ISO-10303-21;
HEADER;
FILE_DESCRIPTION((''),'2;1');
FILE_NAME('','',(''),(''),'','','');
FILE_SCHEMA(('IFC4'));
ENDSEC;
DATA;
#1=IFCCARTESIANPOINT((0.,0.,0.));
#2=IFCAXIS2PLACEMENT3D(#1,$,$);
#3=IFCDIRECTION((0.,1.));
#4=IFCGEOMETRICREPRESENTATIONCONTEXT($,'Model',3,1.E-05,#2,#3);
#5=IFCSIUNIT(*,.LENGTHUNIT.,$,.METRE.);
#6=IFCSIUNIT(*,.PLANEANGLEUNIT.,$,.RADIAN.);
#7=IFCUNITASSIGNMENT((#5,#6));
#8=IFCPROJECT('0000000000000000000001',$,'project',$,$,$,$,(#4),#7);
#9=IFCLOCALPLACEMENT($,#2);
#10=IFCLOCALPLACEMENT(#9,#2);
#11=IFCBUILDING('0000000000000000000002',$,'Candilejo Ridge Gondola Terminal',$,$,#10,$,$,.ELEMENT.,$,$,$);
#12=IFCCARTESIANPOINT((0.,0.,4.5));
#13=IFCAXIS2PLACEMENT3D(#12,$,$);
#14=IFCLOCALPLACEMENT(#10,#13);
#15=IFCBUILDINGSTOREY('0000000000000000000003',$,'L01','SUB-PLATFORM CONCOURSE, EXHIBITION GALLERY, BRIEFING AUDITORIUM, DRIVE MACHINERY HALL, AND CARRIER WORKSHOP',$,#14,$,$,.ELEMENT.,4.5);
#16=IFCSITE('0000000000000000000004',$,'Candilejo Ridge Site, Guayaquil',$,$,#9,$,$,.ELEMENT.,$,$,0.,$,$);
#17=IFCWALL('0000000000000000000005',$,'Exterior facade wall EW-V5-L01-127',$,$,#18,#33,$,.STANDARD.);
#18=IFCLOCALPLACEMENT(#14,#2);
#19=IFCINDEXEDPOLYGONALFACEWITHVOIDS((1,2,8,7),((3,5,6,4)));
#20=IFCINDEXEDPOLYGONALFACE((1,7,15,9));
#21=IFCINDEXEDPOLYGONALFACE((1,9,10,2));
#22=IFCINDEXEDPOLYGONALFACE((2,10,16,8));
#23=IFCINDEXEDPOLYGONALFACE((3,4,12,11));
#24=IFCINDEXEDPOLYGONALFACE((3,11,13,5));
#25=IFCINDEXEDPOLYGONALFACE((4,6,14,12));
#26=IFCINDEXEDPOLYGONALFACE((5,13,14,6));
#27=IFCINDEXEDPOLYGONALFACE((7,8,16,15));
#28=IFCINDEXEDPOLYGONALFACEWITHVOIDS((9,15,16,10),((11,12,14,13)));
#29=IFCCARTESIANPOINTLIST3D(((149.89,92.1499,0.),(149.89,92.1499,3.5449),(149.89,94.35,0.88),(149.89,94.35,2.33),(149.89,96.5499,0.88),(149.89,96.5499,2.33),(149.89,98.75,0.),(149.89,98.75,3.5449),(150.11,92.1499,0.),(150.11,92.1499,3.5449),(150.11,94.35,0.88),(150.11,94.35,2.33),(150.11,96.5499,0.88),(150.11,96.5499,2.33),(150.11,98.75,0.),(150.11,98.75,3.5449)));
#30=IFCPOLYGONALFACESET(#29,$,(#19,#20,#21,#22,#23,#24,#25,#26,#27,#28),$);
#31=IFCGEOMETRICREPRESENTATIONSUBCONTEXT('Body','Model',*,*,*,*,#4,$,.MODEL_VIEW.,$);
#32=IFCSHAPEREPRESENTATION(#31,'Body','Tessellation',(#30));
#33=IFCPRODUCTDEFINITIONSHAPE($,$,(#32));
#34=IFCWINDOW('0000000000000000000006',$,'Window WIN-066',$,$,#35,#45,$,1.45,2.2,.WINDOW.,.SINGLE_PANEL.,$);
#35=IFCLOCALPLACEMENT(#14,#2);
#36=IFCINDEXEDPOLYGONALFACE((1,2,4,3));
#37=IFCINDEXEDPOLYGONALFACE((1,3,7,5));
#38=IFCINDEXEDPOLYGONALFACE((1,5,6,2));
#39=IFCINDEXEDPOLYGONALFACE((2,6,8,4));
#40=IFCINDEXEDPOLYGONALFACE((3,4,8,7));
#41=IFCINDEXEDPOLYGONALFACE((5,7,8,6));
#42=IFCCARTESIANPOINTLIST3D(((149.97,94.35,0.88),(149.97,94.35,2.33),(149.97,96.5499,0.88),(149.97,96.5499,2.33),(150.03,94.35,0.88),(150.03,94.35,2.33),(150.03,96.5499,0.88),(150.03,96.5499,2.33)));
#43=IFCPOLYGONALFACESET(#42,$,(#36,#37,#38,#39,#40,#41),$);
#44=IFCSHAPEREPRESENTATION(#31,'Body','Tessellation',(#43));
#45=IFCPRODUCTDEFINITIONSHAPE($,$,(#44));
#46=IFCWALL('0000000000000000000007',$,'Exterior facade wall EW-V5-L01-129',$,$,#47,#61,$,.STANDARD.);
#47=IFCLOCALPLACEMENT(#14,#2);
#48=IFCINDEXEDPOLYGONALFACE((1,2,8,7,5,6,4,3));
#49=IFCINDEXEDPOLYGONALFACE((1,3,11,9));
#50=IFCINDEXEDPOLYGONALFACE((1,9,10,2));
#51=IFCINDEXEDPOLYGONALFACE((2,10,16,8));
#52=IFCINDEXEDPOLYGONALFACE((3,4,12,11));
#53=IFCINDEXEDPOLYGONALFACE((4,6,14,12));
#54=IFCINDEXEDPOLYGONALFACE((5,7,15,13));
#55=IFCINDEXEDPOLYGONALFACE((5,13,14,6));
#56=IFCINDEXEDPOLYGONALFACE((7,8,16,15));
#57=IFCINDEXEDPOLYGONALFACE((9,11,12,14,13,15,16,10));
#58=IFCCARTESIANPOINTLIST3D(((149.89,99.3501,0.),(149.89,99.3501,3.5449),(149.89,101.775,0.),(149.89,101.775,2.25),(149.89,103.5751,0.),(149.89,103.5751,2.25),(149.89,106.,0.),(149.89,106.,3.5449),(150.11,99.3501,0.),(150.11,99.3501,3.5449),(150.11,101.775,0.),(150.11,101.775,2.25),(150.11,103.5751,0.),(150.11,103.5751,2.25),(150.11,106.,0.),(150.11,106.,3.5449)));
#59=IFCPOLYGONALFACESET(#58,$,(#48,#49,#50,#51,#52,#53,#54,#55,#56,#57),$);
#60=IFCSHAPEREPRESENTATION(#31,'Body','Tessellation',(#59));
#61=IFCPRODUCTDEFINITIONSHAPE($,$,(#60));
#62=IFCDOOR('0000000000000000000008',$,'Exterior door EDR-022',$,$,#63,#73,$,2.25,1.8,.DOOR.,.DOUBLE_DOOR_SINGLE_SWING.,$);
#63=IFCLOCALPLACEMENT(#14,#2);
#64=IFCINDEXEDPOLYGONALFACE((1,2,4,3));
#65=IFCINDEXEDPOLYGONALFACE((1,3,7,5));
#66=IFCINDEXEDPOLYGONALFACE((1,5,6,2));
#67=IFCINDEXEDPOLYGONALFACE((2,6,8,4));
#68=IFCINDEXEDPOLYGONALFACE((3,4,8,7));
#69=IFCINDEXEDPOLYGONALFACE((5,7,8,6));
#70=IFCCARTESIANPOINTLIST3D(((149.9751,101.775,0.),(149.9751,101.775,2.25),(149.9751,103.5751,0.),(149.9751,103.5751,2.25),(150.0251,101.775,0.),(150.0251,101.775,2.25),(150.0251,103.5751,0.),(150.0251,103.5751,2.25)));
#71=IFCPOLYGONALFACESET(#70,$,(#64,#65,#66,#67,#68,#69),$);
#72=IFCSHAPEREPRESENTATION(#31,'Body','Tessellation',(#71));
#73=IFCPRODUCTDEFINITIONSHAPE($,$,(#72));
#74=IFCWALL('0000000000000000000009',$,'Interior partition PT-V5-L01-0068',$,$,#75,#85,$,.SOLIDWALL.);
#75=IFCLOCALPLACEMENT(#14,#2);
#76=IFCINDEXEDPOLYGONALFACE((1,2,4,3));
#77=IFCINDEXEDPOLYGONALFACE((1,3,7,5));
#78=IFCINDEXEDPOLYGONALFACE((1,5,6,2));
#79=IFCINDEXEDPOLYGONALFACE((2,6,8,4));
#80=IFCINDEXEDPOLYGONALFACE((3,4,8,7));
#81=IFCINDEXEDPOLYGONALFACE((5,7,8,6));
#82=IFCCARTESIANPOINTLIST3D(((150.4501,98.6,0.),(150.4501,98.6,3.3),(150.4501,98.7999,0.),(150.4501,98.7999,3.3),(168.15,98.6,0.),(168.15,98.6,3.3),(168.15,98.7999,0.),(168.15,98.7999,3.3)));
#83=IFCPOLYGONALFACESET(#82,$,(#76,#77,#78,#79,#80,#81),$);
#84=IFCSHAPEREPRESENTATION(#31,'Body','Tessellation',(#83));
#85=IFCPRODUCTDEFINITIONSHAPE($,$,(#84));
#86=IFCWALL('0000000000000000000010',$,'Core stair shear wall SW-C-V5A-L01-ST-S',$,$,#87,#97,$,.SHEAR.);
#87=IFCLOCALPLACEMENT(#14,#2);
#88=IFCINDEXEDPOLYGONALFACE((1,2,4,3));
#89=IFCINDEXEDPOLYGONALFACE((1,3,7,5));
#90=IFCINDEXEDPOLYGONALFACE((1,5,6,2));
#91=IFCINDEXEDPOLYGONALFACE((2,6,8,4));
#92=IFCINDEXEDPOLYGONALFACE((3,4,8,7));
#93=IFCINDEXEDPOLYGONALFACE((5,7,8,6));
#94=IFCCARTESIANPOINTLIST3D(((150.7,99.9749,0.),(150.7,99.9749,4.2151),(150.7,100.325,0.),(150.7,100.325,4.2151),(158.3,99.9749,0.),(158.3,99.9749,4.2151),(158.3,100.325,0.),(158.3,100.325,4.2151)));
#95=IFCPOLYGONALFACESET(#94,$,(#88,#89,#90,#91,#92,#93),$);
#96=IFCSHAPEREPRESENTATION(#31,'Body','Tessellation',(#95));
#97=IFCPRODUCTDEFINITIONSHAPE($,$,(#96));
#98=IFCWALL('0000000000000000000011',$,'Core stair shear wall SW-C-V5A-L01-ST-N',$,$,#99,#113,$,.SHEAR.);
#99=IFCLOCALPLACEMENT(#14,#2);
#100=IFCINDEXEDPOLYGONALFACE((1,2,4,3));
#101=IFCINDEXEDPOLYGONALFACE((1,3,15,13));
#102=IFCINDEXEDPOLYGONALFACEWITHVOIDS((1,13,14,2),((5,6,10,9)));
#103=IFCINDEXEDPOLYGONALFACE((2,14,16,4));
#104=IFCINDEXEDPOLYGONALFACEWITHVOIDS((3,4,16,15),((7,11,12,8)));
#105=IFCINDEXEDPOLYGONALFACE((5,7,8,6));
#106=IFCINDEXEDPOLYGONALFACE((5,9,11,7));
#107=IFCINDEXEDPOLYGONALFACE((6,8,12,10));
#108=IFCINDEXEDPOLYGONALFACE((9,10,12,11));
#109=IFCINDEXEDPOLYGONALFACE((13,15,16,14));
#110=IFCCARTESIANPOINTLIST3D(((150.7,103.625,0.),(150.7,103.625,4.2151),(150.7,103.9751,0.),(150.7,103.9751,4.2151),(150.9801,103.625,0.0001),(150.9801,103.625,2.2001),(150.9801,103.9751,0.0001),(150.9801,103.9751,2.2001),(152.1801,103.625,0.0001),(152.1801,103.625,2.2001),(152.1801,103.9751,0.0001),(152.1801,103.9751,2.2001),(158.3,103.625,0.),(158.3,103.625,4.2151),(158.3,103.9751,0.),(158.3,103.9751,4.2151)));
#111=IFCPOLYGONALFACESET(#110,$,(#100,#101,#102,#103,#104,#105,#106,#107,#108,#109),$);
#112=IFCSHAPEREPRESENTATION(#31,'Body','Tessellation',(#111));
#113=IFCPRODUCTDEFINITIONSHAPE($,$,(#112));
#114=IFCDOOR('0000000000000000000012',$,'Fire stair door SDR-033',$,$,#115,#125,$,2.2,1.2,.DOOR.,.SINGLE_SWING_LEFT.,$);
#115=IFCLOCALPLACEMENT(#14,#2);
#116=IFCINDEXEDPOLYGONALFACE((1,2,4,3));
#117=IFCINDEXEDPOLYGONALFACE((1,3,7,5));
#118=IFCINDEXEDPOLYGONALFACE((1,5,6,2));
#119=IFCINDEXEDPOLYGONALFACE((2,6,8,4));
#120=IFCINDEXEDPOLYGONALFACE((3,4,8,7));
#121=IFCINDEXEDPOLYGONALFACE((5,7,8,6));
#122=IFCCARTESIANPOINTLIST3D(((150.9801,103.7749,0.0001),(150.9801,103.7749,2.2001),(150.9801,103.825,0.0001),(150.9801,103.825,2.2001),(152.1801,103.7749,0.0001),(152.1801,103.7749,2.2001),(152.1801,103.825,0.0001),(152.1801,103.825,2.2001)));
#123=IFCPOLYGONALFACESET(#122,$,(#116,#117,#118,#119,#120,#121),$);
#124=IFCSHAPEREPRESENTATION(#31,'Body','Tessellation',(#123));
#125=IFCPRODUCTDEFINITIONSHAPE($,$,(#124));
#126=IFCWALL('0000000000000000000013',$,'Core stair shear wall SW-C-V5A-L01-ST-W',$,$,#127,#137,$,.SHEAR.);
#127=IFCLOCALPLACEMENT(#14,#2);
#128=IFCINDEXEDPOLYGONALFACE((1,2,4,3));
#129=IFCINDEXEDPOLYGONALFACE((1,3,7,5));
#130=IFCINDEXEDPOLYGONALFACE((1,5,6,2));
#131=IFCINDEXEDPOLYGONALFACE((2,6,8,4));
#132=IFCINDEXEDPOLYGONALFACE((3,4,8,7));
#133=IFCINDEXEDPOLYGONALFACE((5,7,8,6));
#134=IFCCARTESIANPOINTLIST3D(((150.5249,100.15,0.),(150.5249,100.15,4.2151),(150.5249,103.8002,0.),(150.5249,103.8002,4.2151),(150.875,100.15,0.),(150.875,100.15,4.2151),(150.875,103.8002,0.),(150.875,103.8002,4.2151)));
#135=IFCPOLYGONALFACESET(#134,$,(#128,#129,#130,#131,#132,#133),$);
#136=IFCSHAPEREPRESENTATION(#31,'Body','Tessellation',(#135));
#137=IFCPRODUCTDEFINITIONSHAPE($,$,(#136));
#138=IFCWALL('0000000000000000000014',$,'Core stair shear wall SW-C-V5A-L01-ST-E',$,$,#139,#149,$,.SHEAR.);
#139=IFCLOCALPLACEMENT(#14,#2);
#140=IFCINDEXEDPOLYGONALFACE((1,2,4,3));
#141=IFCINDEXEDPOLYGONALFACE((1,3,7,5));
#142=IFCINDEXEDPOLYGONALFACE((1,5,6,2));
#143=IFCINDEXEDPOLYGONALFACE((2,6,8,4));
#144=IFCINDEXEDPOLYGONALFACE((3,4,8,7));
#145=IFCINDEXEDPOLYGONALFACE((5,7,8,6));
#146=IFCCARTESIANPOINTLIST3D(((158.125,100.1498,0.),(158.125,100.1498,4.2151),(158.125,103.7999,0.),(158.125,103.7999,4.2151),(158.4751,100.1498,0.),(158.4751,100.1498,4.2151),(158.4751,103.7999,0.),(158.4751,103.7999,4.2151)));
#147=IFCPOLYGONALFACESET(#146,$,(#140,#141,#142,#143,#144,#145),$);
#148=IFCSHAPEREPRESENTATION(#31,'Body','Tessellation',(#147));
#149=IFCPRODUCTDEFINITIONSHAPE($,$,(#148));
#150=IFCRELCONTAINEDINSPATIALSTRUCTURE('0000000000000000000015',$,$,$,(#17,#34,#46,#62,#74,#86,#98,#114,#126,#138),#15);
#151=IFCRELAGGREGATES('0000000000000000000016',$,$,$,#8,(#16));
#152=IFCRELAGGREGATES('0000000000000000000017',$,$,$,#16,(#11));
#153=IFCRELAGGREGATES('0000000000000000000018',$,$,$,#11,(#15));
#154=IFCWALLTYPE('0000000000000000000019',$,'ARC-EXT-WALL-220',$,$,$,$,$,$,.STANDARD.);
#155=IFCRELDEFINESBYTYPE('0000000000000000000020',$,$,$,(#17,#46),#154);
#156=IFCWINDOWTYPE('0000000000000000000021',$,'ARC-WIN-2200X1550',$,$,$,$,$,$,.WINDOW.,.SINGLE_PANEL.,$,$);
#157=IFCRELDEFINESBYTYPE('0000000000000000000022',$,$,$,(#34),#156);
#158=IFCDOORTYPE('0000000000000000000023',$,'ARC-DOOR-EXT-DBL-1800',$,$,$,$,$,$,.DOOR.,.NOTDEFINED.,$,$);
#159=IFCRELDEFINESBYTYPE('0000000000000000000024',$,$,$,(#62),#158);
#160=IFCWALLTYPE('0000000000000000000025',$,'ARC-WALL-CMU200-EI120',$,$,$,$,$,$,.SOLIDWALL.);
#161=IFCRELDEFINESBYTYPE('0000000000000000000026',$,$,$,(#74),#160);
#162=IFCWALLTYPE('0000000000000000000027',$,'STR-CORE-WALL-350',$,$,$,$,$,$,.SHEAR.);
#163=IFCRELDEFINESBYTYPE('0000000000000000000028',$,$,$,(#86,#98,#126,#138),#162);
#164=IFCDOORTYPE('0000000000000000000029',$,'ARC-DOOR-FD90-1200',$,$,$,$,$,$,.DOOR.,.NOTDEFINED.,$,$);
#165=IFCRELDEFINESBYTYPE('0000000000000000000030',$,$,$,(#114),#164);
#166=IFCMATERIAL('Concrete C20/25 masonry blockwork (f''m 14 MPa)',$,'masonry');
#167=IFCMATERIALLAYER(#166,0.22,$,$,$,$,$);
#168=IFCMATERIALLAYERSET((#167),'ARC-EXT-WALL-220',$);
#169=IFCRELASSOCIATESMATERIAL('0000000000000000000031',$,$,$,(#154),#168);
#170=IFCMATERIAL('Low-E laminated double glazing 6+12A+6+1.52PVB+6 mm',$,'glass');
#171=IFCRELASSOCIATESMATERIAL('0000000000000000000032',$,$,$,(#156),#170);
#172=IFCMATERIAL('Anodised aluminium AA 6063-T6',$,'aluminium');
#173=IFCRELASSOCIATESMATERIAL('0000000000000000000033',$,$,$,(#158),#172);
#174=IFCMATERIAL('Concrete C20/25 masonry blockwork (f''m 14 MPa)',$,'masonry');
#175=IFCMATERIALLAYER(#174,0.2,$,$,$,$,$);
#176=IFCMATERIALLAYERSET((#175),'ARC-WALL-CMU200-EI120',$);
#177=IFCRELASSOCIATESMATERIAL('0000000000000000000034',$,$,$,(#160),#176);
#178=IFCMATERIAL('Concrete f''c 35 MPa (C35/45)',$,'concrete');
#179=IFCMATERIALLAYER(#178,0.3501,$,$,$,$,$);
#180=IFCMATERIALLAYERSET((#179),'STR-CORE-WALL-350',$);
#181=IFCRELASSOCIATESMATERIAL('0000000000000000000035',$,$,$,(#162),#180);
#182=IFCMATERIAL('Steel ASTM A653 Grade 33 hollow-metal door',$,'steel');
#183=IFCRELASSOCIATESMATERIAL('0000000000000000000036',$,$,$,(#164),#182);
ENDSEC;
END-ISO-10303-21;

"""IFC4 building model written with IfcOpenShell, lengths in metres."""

from ifc_helpers import new_model, si_unit, direction, frame, frame_2d, origin, place, context, subcontext, project, spatial, rectangle, extrude, material, layer, layer_set, type_object, element, fill, save


model = new_model("IFC4")

# Units and contexts
model_context = context("Model", 3, precision=1e-05, world=origin(), true_north=direction((0.0, 1.0)))
body_context = subcontext(model_context, "Body", "Model", "MODEL_VIEW")
ifc_project = project(units=[si_unit("LENGTHUNIT", "METRE"), si_unit("PLANEANGLEUNIT", "RADIAN")], contexts=[model_context])

# Site, building, storey
site_placement = place(None, origin())
site = spatial("IfcSite", under=ifc_project, at=site_placement, Name="Candilejo Ridge Site, Guayaquil", CompositionType="ELEMENT", RefElevation=0.0)
building_placement = place(site_placement, origin())
building = spatial("IfcBuilding", under=site, at=building_placement, Name="Candilejo Ridge Gondola Terminal", CompositionType="ELEMENT")
storey_placement = place(building_placement, frame((0.0, 0.0, 4.5)))
storey = spatial("IfcBuildingStorey", under=building, at=storey_placement, Name="L01", Description="SUB-PLATFORM CONCOURSE, EXHIBITION GALLERY, BRIEFING AUDITORIUM, DRIVE MACHINERY HALL, AND CARRIER WORKSHOP", CompositionType="ELEMENT", Elevation=4.5)

# Wall, opening, window
ifc_material_1 = material(Name="Concrete C20/25 masonry blockwork (f'm 14 MPa)", Category="masonry")
ifc_layer_1 = layer(ifc_material_1, 0.22)
ifc_layer_set_1 = layer_set([ifc_layer_1], Name="ARC-EXT-WALL-220")
wall_type_1 = type_object("IfcWallType", Name="ARC-EXT-WALL-220", PredefinedType="STANDARD", material=ifc_layer_set_1)
wall_1_placement = place(storey_placement, frame((150.0, 92.1499, 0.0), z_axis=(0.0, 0.0, 1.0), x_axis=(0.0, 1.0, 0.0)))
wall_1 = element("IfcWall", 1, at=wall_1_placement, inside=storey, type_object=wall_type_1, Name="Exterior facade wall EW-V5-L01-127", PredefinedType="STANDARD", context=body_context, shape_type="SweptSolid", body=[
    extrude(rectangle(XDim=6.6001, YDim=0.22, at=frame_2d((3.3, 0.0))), origin(), (0.0, 0.0, 1.0), 3.5449),
])
opening_1_placement = place(wall_1_placement, frame((2.2, 0.0, 0.8799)))
opening_1 = element("IfcOpeningElement", 2, at=opening_1_placement, cuts=wall_1, PredefinedType="OPENING", context=body_context, shape_type="SweptSolid", body=[
    extrude(rectangle(XDim=2.2, YDim=1.45, at=frame_2d((1.1001, 0.7251))), frame((0.0, 0.1199, 0.0), z_axis=(0.0, -1.0, 0.0), x_axis=(1.0, 0.0, 0.0)), (0.0, 0.0, 1.0), 0.24),
])
ifc_material_2 = material(Name="Low-E laminated double glazing 6+12A+6+1.52PVB+6 mm", Category="glass")
window_type = type_object("IfcWindowType", Name="ARC-WIN-2200X1550", PartitioningType="SINGLE_PANEL", PredefinedType="WINDOW", material=ifc_material_2)
window_placement = place(opening_1_placement, origin())
window = element("IfcWindow", 3, at=window_placement, inside=storey, type_object=window_type, Name="Window WIN-066", OverallHeight=1.45, OverallWidth=2.2, PartitioningType="SINGLE_PANEL", PredefinedType="WINDOW", context=body_context, shape_type="SweptSolid", body=[
    extrude(rectangle(XDim=2.2, YDim=1.45, at=frame_2d((1.1001, 0.7251))), frame((0.0, 0.03, 0.0), z_axis=(0.0, -1.0, 0.0), x_axis=(1.0, 0.0, 0.0)), (0.0, 0.0, 1.0), 0.0601),
])
fill(opening_1, window)

# Wall, opening, door
wall_2_placement = place(storey_placement, frame((150.0, 99.3501, 0.0), z_axis=(0.0, 0.0, 1.0), x_axis=(0.0, 1.0, 0.0)))
wall_2 = element("IfcWall", 4, at=wall_2_placement, inside=storey, type_object=wall_type_1, Name="Exterior facade wall EW-V5-L01-129", PredefinedType="STANDARD", context=body_context, shape_type="SweptSolid", body=[
    extrude(rectangle(XDim=6.6499, YDim=0.22, at=frame_2d((3.325, 0.0))), origin(), (0.0, 0.0, 1.0), 3.5449),
])
opening_2_placement = place(wall_2_placement, frame((2.425, 0.0, 0.0)))
opening_2 = element("IfcOpeningElement", 5, at=opening_2_placement, cuts=wall_2, PredefinedType="OPENING", context=body_context, shape_type="SweptSolid", body=[
    extrude(rectangle(XDim=1.8, YDim=2.25, at=frame_2d((0.8999, 1.125))), frame((0.0, 0.1199, 0.0), z_axis=(0.0, -1.0, 0.0), x_axis=(1.0, 0.0, 0.0)), (0.0, 0.0, 1.0), 0.24),
])
ifc_material_3 = material(Name="Anodised aluminium AA 6063-T6", Category="aluminium")
door_type_1 = type_object("IfcDoorType", Name="ARC-DOOR-EXT-DBL-1800", OperationType="NOTDEFINED", PredefinedType="DOOR", material=ifc_material_3)
door_1_placement = place(opening_2_placement, origin())
door_1 = element("IfcDoor", 6, at=door_1_placement, inside=storey, type_object=door_type_1, Name="Exterior door EDR-022", OperationType="DOUBLE_DOOR_SINGLE_SWING", OverallHeight=2.25, OverallWidth=1.8, PredefinedType="DOOR", context=body_context, shape_type="SweptSolid", body=[
    extrude(rectangle(XDim=1.8, YDim=2.25, at=frame_2d((0.8999, 1.125))), frame((0.0, 0.0249, 0.0), z_axis=(0.0, -1.0, 0.0), x_axis=(1.0, 0.0, 0.0)), (0.0, 0.0, 1.0), 0.05),
])
fill(opening_2, door_1)

# Walls
ifc_material_4 = material(Name="Concrete C20/25 masonry blockwork (f'm 14 MPa)", Category="masonry")
ifc_layer_2 = layer(ifc_material_4, 0.2)
ifc_layer_set_2 = layer_set([ifc_layer_2], Name="ARC-WALL-CMU200-EI120")
wall_type_2 = type_object("IfcWallType", Name="ARC-WALL-CMU200-EI120", PredefinedType="SOLIDWALL", material=ifc_layer_set_2)
wall_3_placement = place(storey_placement, frame((150.45, 98.7, 0.0), z_axis=(0.0, 0.0, 1.0), x_axis=(1.0, 0.0, 0.0)))
element("IfcWall", 7, at=wall_3_placement, inside=storey, type_object=wall_type_2, Name="Interior partition PT-V5-L01-0068", PredefinedType="SOLIDWALL", context=body_context, shape_type="SweptSolid", body=[
    extrude(rectangle(XDim=17.7, YDim=0.2, at=frame_2d((8.8501, 0.0))), origin(), (0.0, 0.0, 1.0), 3.3),
])
ifc_material_5 = material(Name="Concrete f'c 35 MPa (C35/45)", Category="concrete")
ifc_layer_3 = layer(ifc_material_5, 0.3501)
ifc_layer_set_3 = layer_set([ifc_layer_3], Name="STR-CORE-WALL-350")
wall_type_3 = type_object("IfcWallType", Name="STR-CORE-WALL-350", PredefinedType="SHEAR", material=ifc_layer_set_3)
wall_4_placement = place(storey_placement, frame((158.3, 100.1499, 0.0), z_axis=(0.0, 0.0, 1.0), x_axis=(-1.0, 0.0, 0.0)))
element("IfcWall", 8, at=wall_4_placement, inside=storey, type_object=wall_type_3, Name="Core stair shear wall SW-C-V5A-L01-ST-S", PredefinedType="SHEAR", context=body_context, shape_type="SweptSolid", body=[
    extrude(rectangle(XDim=7.6001, YDim=0.3501, at=frame_2d((3.8, 0.0))), origin(), (0.0, 0.0, 1.0), 4.2151),
])

# Wall, opening, door
wall_5_placement = place(storey_placement, frame((150.7, 103.8, 0.0), z_axis=(0.0, 0.0, 1.0), x_axis=(1.0, 0.0, 0.0)))
wall_5 = element("IfcWall", 9, at=wall_5_placement, inside=storey, type_object=wall_type_3, Name="Core stair shear wall SW-C-V5A-L01-ST-N", PredefinedType="SHEAR", context=body_context, shape_type="SweptSolid", body=[
    extrude(rectangle(XDim=7.6001, YDim=0.3501, at=frame_2d((3.8, 0.0))), origin(), (0.0, 0.0, 1.0), 4.2151),
])
opening_3_placement = place(wall_5_placement, frame((0.28, 0.0, 0.0)))
opening_3 = element("IfcOpeningElement", 10, at=opening_3_placement, cuts=wall_5, PredefinedType="OPENING", context=body_context, shape_type="SweptSolid", body=[
    extrude(rectangle(XDim=1.2, YDim=2.2, at=frame_2d((0.6001, 1.1001))), frame((0.0, 0.1851, 0.0), z_axis=(0.0, -1.0, 0.0), x_axis=(1.0, 0.0, 0.0)), (0.0, 0.0, 1.0), 0.3701),
])
ifc_material_6 = material(Name="Steel ASTM A653 Grade 33 hollow-metal door", Category="steel")
door_type_2 = type_object("IfcDoorType", Name="ARC-DOOR-FD90-1200", OperationType="NOTDEFINED", PredefinedType="DOOR", material=ifc_material_6)
door_2_placement = place(opening_3_placement, origin())
door_2 = element("IfcDoor", 11, at=door_2_placement, inside=storey, type_object=door_type_2, Name="Fire stair door SDR-033", OperationType="SINGLE_SWING_LEFT", OverallHeight=2.2, OverallWidth=1.2, PredefinedType="DOOR", context=body_context, shape_type="SweptSolid", body=[
    extrude(rectangle(XDim=1.2, YDim=2.2, at=frame_2d((0.6001, 1.1001))), frame((0.0, 0.0249, 0.0), z_axis=(0.0, -1.0, 0.0), x_axis=(1.0, 0.0, 0.0)), (0.0, 0.0, 1.0), 0.05),
])
fill(opening_3, door_2)

# Walls
for number, where, z_axis, x_axis, name in (
    (12, (150.7, 100.1499, 0.0), (0.0, 0.0, 1.0), (0.0, 1.0, 0.0), "Core stair shear wall SW-C-V5A-L01-ST-W"),
    (13, (158.3, 103.8, 0.0), (0.0, 0.0, 1.0), (0.0, -1.0, 0.0), "Core stair shear wall SW-C-V5A-L01-ST-E"),
):
    element("IfcWall", number, at=place(storey_placement, frame(where, z_axis=z_axis, x_axis=x_axis)), inside=storey, type_object=wall_type_3, Name=name, PredefinedType="SHEAR", context=body_context, shape_type="SweptSolid", body=[
        extrude(rectangle(XDim=3.6501, YDim=0.3501, at=frame_2d((1.8252, 0.0))), origin(), (0.0, 0.0, 1.0), 4.2151),
    ])

save(model, "model.ifc")
